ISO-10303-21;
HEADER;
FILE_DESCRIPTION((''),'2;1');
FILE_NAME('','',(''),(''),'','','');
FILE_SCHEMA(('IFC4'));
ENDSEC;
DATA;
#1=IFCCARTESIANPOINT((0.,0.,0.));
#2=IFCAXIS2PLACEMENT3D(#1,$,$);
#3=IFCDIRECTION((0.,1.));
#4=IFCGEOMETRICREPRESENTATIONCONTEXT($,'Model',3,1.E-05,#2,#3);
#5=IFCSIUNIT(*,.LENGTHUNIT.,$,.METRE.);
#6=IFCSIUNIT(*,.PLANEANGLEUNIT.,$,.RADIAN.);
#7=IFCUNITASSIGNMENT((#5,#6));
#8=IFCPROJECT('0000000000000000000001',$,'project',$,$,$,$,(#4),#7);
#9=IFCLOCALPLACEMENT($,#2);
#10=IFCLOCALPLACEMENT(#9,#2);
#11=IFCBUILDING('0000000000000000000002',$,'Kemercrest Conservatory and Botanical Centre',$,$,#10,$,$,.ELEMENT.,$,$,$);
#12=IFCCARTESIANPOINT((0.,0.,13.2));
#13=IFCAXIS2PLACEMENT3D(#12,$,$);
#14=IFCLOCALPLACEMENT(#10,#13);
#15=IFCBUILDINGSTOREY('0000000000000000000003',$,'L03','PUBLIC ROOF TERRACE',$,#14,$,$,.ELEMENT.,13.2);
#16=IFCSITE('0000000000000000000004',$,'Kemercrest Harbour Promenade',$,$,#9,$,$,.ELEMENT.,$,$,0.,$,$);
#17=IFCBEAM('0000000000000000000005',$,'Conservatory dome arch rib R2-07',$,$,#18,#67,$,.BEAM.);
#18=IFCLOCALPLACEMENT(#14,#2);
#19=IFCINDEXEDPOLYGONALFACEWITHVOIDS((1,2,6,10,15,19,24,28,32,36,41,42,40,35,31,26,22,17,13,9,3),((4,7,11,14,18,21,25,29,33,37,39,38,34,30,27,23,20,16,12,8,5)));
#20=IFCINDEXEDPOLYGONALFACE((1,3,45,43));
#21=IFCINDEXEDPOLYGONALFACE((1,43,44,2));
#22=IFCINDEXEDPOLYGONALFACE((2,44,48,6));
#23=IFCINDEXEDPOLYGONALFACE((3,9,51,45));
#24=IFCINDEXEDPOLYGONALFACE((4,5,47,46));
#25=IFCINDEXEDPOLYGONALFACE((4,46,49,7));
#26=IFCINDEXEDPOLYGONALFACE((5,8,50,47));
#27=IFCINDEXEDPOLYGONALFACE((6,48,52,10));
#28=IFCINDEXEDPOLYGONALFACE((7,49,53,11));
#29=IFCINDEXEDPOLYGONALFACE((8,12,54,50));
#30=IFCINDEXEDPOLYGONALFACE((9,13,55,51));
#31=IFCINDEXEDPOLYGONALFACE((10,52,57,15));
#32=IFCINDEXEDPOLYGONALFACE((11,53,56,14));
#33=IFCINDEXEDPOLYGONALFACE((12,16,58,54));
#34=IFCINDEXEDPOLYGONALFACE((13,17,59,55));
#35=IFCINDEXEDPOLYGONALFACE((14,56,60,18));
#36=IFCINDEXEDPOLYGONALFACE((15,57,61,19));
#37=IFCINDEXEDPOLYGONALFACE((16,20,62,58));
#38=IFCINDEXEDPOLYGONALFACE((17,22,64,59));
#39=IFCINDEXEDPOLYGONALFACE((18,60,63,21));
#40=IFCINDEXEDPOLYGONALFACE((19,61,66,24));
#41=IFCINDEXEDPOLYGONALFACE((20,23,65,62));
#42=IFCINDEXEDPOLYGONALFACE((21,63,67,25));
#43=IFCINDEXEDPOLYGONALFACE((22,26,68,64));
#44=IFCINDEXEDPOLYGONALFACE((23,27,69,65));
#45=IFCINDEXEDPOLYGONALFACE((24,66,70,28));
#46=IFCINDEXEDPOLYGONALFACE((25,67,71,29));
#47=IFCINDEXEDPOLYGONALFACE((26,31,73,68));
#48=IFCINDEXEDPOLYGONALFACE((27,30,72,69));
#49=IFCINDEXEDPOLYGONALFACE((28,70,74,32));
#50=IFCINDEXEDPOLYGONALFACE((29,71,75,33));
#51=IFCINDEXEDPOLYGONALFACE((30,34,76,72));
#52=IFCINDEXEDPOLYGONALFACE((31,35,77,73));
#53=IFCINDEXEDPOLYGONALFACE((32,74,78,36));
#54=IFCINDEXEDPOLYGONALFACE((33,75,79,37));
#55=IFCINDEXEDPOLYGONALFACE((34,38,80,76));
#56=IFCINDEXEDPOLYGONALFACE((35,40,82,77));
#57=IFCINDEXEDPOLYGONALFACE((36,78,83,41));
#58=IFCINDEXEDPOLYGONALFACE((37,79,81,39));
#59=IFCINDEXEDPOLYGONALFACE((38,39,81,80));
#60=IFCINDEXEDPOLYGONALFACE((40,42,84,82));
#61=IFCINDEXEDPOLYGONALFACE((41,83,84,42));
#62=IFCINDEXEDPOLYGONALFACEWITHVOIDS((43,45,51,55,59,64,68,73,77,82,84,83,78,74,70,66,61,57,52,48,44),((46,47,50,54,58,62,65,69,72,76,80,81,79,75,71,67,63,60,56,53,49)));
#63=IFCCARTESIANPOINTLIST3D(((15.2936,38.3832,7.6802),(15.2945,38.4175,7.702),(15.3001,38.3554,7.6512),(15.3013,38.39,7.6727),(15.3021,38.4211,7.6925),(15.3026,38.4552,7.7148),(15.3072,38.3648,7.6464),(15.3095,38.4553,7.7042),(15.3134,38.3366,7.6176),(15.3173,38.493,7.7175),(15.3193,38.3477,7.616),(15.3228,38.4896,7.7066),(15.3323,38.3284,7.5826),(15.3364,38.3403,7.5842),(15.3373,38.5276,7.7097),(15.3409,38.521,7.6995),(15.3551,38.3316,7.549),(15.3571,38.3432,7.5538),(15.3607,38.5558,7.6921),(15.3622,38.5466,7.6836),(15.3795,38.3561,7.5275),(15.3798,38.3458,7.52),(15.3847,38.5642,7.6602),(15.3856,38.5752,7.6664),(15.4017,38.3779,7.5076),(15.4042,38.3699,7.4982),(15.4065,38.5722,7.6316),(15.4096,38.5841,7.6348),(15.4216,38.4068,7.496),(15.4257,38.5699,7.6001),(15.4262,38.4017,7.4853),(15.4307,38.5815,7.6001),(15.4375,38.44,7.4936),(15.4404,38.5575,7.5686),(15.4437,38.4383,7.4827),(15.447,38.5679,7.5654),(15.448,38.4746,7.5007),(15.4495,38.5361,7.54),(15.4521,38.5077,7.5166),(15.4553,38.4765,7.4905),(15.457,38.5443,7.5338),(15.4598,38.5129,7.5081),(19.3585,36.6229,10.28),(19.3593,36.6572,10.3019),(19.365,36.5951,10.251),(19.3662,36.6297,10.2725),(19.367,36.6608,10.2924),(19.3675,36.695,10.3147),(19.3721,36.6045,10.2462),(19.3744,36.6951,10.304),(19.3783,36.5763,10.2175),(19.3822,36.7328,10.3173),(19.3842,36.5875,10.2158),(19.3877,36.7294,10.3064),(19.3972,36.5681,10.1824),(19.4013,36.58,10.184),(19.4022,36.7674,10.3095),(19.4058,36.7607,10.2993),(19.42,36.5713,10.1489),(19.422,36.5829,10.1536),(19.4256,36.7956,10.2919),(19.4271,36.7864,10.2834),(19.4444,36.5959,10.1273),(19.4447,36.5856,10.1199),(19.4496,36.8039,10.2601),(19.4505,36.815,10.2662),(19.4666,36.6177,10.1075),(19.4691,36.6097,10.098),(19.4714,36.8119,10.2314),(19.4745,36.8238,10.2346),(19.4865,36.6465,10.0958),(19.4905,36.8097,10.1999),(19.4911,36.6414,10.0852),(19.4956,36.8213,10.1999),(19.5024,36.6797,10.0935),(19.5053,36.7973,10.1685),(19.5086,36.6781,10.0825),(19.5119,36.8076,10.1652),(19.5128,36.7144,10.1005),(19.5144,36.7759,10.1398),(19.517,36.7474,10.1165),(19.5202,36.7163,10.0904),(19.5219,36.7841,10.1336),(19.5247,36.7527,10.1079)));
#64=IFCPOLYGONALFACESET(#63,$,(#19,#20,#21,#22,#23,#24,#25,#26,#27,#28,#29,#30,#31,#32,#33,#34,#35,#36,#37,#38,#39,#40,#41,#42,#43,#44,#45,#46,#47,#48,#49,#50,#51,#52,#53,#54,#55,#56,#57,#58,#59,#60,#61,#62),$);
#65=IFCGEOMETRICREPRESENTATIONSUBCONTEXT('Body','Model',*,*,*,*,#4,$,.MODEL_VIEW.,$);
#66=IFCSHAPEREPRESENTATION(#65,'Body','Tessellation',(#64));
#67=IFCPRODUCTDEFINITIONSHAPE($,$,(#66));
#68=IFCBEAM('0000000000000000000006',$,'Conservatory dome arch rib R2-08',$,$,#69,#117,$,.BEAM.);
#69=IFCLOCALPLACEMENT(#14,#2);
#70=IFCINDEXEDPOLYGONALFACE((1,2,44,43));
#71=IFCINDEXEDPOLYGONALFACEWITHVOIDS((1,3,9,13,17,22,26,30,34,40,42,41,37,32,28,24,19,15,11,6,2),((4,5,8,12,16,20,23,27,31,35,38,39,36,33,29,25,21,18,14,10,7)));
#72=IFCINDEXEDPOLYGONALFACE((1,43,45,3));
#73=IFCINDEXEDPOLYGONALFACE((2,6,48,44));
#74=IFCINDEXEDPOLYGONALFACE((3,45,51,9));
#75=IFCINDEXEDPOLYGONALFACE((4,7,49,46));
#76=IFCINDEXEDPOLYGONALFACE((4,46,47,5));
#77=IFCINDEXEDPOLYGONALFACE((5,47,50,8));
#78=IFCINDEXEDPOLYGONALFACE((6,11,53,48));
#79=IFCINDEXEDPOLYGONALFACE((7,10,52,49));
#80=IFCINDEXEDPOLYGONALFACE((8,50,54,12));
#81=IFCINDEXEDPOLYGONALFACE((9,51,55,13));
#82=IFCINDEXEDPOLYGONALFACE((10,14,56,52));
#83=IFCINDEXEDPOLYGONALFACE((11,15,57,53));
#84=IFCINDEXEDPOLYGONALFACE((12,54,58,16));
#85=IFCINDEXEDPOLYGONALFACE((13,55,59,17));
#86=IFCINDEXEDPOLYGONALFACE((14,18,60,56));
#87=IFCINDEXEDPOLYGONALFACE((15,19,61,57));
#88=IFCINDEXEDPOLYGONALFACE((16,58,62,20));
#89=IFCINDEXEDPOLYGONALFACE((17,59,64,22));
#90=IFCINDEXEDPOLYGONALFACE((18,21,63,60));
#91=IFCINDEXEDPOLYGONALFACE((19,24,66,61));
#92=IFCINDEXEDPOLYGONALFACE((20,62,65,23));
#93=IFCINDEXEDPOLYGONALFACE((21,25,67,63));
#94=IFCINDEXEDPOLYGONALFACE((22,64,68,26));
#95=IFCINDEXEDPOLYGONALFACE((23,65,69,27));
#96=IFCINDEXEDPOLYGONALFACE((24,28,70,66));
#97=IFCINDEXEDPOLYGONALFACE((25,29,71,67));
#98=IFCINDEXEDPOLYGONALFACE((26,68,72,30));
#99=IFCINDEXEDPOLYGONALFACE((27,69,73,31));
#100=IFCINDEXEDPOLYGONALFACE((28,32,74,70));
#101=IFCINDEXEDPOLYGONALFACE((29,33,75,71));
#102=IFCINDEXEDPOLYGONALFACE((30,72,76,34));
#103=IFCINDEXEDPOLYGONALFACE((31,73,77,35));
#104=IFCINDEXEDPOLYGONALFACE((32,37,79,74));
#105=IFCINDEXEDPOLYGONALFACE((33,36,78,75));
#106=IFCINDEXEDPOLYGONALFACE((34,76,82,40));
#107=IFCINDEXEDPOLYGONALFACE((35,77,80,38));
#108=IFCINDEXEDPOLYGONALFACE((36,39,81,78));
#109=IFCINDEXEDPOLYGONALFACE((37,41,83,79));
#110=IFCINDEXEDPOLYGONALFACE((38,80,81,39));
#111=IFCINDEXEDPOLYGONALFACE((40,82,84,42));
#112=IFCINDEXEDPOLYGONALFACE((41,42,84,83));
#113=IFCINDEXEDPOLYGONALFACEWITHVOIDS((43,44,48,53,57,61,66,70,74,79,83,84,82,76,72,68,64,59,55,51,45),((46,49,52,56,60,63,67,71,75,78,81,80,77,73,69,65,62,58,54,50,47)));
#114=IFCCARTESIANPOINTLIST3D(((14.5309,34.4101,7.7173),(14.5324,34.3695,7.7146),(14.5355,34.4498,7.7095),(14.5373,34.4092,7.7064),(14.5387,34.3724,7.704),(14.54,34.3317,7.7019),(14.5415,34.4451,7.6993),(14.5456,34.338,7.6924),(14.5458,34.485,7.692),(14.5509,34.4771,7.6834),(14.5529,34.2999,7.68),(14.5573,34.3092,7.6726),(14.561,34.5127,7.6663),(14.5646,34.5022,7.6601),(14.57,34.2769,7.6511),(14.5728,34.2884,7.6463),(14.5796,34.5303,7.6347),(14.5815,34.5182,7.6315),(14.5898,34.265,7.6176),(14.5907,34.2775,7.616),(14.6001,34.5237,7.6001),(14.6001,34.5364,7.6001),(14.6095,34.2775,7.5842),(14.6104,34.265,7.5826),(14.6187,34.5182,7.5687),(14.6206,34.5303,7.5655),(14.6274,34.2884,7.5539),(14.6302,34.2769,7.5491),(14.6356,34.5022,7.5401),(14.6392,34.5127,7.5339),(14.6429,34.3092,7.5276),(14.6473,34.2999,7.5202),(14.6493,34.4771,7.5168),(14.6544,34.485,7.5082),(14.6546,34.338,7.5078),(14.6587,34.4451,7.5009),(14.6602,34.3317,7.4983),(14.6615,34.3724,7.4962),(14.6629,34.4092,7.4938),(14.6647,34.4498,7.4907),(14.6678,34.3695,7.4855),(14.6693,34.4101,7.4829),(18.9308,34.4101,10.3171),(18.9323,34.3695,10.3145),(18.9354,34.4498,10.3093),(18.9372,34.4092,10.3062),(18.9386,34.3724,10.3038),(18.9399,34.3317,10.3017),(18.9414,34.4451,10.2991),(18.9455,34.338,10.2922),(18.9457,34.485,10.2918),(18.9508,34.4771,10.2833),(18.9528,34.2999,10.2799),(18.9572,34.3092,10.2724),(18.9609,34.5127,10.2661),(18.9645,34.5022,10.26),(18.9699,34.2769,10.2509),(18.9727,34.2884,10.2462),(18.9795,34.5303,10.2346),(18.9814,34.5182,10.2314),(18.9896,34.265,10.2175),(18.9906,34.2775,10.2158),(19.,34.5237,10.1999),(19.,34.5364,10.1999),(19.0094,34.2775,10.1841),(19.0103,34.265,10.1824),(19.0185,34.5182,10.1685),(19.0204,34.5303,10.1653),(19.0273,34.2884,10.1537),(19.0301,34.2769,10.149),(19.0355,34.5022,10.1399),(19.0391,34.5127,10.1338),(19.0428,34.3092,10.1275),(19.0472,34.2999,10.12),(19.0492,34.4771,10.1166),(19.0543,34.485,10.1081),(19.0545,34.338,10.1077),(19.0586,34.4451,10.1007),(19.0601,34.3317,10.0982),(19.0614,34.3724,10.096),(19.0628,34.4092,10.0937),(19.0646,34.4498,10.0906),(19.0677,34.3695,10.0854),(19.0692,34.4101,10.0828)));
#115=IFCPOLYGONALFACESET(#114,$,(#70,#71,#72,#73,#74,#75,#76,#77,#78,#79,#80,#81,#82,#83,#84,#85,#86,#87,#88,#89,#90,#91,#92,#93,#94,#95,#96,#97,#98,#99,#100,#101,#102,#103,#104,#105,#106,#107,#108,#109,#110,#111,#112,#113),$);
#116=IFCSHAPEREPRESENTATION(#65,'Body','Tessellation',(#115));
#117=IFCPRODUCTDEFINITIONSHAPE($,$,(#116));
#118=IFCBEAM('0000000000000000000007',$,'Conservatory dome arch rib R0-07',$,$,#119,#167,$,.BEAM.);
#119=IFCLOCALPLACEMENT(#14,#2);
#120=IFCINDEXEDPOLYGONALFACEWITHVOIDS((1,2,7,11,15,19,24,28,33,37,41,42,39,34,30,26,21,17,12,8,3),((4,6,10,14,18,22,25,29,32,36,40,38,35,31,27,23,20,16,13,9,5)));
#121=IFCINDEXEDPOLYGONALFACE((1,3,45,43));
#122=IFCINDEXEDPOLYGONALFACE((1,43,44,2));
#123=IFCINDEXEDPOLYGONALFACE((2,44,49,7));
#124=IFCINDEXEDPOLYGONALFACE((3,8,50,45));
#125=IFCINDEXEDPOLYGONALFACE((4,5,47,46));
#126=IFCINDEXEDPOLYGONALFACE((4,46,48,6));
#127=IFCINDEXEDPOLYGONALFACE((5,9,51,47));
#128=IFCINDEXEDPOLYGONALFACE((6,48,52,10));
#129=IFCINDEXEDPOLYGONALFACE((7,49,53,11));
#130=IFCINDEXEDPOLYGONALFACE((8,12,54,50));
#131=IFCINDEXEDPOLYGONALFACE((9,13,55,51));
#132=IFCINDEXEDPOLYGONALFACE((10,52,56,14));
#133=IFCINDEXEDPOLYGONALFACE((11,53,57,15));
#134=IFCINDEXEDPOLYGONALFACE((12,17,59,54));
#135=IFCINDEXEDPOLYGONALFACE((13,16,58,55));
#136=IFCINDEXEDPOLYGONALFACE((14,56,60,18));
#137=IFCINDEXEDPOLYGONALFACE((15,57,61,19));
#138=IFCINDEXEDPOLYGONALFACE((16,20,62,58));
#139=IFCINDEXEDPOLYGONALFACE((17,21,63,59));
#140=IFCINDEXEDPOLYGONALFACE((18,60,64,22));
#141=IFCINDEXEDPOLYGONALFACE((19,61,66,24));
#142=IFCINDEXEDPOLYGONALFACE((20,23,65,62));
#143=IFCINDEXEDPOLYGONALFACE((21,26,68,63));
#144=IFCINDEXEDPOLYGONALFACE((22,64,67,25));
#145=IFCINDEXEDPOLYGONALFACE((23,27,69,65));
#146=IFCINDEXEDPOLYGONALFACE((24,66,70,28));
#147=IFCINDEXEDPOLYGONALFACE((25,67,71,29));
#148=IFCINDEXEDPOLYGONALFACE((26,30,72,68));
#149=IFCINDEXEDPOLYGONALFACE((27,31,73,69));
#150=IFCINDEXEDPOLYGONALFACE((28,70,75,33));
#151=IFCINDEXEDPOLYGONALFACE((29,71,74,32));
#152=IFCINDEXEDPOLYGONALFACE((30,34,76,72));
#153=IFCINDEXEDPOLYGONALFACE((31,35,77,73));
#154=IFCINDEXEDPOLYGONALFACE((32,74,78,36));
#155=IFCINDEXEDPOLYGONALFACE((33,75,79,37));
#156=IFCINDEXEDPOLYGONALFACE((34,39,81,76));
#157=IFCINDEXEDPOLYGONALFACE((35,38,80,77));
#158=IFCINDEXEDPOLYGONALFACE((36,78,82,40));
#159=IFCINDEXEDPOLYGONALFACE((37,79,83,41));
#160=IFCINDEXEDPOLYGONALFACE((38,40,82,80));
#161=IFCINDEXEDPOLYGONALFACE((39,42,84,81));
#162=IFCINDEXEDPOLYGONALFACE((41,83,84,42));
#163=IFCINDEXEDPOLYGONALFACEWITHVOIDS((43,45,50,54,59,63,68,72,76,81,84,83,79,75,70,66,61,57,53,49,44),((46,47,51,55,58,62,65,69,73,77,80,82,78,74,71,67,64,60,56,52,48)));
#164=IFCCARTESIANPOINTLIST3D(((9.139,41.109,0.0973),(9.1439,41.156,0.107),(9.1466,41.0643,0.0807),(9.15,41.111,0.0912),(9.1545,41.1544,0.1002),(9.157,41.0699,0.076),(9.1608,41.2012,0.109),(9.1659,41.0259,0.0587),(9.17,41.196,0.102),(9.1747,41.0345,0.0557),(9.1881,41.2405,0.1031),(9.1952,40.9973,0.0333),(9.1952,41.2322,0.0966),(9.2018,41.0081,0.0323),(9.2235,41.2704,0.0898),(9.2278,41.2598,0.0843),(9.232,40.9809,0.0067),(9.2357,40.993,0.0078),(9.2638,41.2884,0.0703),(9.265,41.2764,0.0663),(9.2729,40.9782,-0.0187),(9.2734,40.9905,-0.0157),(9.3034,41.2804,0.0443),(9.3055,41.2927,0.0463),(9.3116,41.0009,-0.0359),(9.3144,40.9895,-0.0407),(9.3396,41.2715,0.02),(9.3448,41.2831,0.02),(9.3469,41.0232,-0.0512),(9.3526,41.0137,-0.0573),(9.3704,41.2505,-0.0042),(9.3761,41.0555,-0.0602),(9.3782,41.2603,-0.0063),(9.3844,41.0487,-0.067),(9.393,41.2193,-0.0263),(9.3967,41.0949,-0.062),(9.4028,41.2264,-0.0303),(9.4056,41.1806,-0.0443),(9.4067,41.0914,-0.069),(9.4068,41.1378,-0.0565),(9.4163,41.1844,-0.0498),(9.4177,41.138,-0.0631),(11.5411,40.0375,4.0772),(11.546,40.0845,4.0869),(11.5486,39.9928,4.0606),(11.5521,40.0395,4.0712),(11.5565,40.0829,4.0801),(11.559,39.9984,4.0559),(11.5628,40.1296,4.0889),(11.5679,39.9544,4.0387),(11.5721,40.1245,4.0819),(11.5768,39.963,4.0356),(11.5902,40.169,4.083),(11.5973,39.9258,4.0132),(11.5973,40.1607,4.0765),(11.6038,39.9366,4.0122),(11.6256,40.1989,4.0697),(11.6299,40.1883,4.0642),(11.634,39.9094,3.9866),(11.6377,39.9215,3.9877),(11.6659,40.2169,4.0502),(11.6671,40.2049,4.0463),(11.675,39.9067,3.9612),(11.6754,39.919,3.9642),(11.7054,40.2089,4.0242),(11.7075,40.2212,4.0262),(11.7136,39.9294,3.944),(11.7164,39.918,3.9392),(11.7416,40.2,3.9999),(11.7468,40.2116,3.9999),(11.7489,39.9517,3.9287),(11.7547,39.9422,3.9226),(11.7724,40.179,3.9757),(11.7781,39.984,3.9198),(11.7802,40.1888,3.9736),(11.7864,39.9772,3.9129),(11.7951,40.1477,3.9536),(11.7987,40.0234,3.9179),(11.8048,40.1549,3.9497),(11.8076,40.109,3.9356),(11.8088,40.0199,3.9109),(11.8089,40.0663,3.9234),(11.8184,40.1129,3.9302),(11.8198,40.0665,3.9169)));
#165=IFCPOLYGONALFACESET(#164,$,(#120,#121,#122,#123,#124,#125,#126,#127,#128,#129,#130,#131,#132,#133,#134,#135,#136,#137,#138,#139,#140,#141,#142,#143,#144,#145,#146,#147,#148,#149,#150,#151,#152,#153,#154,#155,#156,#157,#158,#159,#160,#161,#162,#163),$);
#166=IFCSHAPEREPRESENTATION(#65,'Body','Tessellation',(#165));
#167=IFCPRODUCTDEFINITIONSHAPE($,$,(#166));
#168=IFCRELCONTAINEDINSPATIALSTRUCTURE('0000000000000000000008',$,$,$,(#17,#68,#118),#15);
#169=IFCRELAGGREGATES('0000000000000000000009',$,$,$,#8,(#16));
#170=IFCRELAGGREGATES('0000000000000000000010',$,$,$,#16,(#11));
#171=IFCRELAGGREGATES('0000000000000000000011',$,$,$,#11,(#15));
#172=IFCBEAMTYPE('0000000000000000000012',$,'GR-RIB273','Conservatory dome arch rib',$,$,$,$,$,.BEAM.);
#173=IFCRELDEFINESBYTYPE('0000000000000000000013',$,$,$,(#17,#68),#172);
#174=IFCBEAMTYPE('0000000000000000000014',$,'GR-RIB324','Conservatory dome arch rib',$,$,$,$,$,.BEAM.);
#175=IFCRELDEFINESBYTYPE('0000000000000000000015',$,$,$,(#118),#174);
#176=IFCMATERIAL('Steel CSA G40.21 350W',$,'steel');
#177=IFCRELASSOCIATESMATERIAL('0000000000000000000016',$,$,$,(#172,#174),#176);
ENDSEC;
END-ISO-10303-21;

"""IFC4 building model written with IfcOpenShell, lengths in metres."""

from ifc_helpers import new_model, si_unit, direction, frame, origin, origin_2d, place, context, subcontext, project, spatial, hollow_circle, extrude, material, material_profile, profile_set, type_object, element, save


model = new_model("IFC4")

# Units and contexts
model_context = context("Model", 3, precision=1e-05, world=origin(), true_north=direction((0.0, 1.0)))
body_context = subcontext(model_context, "Body", "Model", "MODEL_VIEW")
ifc_project = project(units=[si_unit("LENGTHUNIT", "METRE"), si_unit("PLANEANGLEUNIT", "RADIAN")], contexts=[model_context])

# Site, building, storey
site_placement = place(None, origin())
site = spatial("IfcSite", under=ifc_project, at=site_placement, Name="Kemercrest Harbour Promenade", CompositionType="ELEMENT", RefElevation=0.0)
building_placement = place(site_placement, origin())
building = spatial("IfcBuilding", under=site, at=building_placement, Name="Kemercrest Conservatory and Botanical Centre", CompositionType="ELEMENT")
storey_placement = place(building_placement, frame((0.0, 0.0, 13.2)))
storey = spatial("IfcBuildingStorey", under=building, at=storey_placement, Name="L03", Description="PUBLIC ROOF TERRACE", CompositionType="ELEMENT", Elevation=13.2)

# Beams
ifc_material_1 = material(Name="Steel CSA G40.21 350W", Category="steel")
ifc_material_profile_1 = material_profile(ifc_material_1, hollow_circle(Radius=0.1365, WallThickness=0.0127, at=origin_2d()), Name="CHS 273.1x12.7")
ifc_profile_set_1 = profile_set([ifc_material_profile_1], Name="Steel CSA G40.21 350W")
beam_type_1 = type_object("IfcBeamType", Name="GR-RIB273", Description="Conservatory dome arch rib", PredefinedType="BEAM", material=ifc_profile_set_1)
beam_1_placement = place(storey_placement, frame((15.3765, 38.4563, 7.6001), z_axis=(0.791416, -0.342709, 0.506173), x_axis=(0.397375, 0.917656, 0.0)))
element("IfcBeam", 1, at=beam_1_placement, inside=storey, type_object=beam_type_1, Name="Conservatory dome arch rib R2-07", PredefinedType="BEAM", context=body_context, shape_type="SweptSolid", body=[
    extrude(hollow_circle(Radius=0.1365, WallThickness=0.0127, at=origin_2d()), origin(), (0.0, 0.0, 1.0), 5.1362),
])
beam_2_placement = place(storey_placement, frame((14.6001, 34.3999, 7.6001), z_axis=(0.860934, 0.0, 0.508716), x_axis=(0.0, 1.0, 0.0)))
element("IfcBeam", 2, at=beam_2_placement, inside=storey, type_object=beam_type_1, Name="Conservatory dome arch rib R2-08", PredefinedType="BEAM", context=body_context, shape_type="SweptSolid", body=[
    extrude(hollow_circle(Radius=0.1365, WallThickness=0.0127, at=origin_2d()), origin(), (0.0, 0.0, 1.0), 5.1106),
])
ifc_material_profile_2 = material_profile(ifc_material_1, hollow_circle(Radius=0.1619, WallThickness=0.0127, at=origin_2d()), Name="CHS 323.9x12.7")
ifc_profile_set_2 = profile_set([ifc_material_profile_2], Name="Steel CSA G40.21 350W")
beam_type_2 = type_object("IfcBeamType", Name="GR-RIB324", Description="Conservatory dome arch rib", PredefinedType="BEAM", material=ifc_profile_set_2)
beam_3_placement = place(storey_placement, frame((9.2788, 41.1353, 0.02), z_axis=(0.503523, -0.224612, 0.834275), x_axis=(0.407387, 0.913256, 0.0)))
element("IfcBeam", 3, at=beam_3_placement, inside=storey, type_object=beam_type_2, Name="Conservatory dome arch rib R0-07", PredefinedType="BEAM", context=body_context, shape_type="SweptSolid", body=[
    extrude(hollow_circle(Radius=0.1619, WallThickness=0.0127, at=origin_2d()), origin(), (0.0, 0.0, 1.0), 4.7705),
])

save(model, "model.ifc")
